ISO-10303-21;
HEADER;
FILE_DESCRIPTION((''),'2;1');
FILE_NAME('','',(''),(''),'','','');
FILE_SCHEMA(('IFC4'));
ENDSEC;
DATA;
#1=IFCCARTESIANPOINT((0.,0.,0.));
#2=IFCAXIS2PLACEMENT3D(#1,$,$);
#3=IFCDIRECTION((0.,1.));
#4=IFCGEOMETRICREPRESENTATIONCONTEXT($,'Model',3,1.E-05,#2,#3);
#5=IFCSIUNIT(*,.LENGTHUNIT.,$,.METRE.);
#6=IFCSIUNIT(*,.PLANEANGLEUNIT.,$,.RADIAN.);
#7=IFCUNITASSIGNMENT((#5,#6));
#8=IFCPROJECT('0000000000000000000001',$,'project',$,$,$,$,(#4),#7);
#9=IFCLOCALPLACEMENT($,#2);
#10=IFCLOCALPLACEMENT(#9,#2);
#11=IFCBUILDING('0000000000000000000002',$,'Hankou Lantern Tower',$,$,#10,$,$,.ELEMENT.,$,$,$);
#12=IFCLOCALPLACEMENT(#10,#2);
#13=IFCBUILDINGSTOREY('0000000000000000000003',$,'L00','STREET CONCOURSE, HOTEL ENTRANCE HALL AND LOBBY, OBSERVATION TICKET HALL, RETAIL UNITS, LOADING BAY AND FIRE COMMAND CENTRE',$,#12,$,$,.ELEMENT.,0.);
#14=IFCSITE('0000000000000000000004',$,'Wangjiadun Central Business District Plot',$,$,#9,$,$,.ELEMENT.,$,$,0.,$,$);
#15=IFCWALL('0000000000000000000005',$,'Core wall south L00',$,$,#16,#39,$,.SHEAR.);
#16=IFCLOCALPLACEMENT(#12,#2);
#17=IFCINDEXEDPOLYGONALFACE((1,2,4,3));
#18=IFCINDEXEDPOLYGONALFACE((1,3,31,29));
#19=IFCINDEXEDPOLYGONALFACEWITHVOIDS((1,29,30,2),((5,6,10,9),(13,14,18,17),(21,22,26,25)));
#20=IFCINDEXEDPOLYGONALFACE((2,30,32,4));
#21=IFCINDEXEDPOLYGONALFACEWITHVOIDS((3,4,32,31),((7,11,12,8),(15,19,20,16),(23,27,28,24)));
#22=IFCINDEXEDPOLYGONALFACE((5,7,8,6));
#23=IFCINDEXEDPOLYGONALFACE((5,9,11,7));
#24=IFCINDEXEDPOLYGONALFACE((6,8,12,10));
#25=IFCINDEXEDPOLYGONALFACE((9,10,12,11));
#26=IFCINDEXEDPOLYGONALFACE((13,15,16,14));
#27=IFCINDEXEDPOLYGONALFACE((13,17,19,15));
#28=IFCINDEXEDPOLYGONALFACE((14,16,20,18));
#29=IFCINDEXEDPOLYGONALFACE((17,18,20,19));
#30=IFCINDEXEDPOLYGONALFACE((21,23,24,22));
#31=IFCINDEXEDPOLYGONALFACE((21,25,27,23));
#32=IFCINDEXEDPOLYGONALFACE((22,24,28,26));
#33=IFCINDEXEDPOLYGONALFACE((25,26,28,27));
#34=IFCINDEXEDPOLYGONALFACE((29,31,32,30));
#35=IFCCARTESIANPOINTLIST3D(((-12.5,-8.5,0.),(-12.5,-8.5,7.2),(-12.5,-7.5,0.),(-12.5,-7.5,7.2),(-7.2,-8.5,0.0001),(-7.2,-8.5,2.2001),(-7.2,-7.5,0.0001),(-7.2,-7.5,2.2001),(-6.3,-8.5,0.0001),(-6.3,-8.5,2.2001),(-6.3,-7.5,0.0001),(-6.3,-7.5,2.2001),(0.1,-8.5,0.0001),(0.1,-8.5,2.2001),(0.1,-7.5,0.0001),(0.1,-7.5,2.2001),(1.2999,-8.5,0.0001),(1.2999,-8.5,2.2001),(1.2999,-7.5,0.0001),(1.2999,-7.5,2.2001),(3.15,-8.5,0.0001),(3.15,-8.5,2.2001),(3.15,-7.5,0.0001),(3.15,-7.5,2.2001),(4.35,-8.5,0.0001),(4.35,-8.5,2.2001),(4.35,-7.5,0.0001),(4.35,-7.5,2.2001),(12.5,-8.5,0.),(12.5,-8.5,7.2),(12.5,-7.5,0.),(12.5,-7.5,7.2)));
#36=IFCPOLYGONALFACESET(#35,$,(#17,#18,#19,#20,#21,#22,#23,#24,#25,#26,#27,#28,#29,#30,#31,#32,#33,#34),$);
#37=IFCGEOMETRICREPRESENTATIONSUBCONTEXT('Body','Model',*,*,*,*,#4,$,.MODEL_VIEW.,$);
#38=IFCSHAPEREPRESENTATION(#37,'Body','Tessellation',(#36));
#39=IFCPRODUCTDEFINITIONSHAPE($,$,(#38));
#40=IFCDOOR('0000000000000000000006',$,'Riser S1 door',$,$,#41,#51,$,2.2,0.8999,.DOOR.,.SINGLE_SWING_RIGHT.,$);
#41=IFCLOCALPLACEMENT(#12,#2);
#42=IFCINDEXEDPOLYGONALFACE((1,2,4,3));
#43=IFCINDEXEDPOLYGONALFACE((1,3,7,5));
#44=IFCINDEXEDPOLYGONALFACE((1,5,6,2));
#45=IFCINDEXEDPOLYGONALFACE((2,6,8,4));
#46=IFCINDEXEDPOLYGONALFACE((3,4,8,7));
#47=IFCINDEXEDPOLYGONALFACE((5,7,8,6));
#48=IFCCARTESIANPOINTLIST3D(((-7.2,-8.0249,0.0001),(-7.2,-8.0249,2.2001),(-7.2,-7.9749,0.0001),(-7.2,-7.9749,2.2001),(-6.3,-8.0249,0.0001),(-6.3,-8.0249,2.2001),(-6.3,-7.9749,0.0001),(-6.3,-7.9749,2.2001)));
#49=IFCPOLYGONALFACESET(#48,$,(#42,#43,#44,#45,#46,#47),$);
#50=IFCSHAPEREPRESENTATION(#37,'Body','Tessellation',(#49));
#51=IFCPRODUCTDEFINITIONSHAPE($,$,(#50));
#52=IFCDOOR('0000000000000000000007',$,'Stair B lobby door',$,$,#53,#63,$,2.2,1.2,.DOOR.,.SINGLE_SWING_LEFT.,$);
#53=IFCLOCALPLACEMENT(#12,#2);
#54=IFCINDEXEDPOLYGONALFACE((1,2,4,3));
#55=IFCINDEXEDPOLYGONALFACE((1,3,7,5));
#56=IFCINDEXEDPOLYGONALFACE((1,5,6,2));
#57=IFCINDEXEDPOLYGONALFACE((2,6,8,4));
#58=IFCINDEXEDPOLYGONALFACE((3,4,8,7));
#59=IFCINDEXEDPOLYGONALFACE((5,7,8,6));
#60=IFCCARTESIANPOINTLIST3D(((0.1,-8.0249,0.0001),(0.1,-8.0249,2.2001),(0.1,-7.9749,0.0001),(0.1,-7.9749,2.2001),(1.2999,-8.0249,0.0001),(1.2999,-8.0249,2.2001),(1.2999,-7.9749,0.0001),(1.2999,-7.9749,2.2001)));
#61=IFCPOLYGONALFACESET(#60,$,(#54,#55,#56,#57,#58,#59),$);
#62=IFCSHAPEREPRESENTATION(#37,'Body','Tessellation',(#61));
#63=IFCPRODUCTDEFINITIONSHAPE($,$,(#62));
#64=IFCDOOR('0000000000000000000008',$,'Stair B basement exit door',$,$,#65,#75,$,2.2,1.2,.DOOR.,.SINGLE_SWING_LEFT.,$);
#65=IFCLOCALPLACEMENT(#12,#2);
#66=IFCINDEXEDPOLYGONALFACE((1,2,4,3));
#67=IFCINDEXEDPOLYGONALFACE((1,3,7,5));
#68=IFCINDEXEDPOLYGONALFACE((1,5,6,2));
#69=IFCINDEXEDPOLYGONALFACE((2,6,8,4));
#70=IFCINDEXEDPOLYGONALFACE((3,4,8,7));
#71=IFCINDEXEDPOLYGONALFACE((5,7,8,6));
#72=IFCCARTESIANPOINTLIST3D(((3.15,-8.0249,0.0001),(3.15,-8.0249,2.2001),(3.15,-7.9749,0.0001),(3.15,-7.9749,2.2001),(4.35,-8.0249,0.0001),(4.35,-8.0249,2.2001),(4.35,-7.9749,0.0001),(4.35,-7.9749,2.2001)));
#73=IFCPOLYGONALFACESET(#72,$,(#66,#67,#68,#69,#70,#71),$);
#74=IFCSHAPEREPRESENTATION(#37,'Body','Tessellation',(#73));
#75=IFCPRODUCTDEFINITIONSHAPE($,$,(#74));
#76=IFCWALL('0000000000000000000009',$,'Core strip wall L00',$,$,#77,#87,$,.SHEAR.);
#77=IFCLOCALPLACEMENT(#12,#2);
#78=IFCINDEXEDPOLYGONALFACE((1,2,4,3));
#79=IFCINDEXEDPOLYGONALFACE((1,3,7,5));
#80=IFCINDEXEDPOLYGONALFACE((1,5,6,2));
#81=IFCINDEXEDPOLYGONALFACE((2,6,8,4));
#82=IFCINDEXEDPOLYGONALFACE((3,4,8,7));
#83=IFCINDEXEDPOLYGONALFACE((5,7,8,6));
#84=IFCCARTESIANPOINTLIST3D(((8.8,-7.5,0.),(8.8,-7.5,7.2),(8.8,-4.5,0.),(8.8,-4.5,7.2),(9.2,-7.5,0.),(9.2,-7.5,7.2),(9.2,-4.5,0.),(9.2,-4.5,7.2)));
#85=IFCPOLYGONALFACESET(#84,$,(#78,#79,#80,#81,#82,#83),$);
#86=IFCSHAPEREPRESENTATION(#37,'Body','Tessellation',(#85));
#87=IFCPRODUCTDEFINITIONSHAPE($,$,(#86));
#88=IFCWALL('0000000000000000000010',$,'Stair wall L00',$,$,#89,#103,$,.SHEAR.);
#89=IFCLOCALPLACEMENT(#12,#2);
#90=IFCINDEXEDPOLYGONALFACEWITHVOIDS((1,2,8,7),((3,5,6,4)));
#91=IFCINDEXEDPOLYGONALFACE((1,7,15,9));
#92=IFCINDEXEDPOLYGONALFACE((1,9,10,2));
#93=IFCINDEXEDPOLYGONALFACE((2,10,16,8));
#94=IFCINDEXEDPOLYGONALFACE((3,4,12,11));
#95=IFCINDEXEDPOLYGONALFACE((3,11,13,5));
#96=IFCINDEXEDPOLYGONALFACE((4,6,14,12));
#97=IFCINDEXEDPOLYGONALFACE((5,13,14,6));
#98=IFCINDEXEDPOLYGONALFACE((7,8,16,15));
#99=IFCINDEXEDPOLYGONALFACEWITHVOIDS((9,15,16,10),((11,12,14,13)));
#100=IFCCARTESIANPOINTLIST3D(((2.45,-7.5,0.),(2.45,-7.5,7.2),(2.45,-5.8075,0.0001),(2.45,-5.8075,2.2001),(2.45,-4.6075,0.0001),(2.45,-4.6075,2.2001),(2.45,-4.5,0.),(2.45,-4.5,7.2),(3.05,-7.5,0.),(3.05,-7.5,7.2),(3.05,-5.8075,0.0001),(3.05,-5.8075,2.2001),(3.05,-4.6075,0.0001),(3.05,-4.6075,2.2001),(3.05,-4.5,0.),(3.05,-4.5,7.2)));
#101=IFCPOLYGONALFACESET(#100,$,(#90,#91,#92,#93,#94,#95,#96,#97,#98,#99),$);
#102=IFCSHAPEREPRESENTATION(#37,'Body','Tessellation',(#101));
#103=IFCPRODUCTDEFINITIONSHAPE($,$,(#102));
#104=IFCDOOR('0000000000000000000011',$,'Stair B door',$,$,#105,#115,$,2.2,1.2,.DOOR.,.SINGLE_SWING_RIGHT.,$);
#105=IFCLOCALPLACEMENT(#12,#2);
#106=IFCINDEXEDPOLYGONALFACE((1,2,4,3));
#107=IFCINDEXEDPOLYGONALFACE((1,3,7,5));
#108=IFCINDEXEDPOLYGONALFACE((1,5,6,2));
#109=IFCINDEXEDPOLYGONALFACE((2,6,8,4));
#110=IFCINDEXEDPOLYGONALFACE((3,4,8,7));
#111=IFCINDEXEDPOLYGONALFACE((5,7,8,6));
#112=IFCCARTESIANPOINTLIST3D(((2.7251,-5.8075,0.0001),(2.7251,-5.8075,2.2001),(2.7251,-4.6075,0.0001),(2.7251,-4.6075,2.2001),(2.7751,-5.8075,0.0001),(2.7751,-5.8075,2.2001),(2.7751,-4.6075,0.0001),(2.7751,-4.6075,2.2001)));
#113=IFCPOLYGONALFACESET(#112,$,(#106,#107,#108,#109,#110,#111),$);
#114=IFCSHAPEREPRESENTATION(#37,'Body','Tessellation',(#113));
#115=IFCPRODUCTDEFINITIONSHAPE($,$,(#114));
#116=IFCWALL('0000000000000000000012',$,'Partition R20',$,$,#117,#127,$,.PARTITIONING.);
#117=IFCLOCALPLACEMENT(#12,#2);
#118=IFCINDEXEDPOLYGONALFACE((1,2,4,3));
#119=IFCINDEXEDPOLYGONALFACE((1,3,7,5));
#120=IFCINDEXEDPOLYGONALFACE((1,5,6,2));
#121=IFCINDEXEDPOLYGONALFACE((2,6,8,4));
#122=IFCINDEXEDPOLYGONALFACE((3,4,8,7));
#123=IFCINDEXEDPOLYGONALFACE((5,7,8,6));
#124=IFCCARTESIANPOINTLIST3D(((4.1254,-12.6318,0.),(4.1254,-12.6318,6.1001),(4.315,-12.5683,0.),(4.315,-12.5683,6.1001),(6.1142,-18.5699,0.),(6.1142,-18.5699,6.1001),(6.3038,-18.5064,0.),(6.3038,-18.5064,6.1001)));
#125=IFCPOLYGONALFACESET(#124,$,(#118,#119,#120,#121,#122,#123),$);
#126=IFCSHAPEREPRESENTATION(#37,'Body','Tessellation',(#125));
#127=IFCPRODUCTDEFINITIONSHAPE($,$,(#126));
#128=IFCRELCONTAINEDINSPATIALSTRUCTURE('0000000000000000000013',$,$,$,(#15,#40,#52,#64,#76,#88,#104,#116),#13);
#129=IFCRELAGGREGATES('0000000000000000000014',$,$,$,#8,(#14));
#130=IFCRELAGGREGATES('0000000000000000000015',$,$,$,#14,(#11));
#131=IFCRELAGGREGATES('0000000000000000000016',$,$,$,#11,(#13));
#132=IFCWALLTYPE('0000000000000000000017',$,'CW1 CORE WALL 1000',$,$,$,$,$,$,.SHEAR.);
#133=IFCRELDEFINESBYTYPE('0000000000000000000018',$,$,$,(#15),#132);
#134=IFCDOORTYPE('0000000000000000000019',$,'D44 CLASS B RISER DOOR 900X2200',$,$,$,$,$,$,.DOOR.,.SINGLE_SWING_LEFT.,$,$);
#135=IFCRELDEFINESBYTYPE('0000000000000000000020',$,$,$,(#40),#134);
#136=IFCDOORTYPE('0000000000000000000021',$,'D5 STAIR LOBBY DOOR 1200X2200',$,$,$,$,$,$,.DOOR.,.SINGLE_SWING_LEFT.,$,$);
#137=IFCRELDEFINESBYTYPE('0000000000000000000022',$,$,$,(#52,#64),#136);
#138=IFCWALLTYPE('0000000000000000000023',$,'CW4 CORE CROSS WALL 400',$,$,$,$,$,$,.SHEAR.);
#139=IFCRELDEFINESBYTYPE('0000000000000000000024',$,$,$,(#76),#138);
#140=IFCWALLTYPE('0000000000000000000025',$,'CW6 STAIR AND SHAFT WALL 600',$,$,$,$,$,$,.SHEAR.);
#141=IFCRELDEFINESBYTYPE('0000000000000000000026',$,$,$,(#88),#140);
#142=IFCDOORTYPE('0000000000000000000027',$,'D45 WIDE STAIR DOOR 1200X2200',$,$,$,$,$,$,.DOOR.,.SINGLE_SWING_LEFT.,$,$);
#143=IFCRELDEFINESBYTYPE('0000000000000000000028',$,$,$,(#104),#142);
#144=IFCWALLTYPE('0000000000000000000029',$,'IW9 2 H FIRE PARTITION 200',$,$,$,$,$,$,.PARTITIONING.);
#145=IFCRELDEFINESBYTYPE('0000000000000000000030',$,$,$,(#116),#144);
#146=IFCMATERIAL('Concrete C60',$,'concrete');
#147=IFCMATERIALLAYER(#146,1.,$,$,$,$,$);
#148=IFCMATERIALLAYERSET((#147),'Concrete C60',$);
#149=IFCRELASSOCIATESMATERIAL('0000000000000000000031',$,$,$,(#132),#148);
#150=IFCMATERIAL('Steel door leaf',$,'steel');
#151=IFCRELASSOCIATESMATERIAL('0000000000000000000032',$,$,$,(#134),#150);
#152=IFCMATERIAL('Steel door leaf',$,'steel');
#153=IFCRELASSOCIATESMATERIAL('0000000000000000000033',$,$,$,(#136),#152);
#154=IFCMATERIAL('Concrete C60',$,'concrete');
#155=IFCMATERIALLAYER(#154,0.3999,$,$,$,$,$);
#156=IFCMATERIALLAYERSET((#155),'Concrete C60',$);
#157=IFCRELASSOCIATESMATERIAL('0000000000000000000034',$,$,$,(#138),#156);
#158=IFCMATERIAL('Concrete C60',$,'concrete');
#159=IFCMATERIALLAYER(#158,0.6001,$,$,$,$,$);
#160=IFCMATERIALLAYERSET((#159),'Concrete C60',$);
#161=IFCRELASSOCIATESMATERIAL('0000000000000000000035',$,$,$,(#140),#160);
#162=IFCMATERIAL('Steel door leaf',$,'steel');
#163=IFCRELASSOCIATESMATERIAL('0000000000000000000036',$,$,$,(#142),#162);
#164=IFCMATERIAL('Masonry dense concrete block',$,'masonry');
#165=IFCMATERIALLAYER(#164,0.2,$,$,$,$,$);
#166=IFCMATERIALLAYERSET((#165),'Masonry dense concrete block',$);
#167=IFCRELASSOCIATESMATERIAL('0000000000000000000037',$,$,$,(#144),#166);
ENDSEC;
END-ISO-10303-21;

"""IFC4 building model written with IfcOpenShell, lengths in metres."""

from ifc_helpers import new_model, si_unit, direction, frame, frame_2d, origin, place, context, subcontext, project, spatial, rectangle, extrude, material, layer, layer_set, type_object, element, fill, save


model = new_model("IFC4")

# Units and contexts
model_context = context("Model", 3, precision=1e-05, world=origin(), true_north=direction((0.0, 1.0)))
body_context = subcontext(model_context, "Body", "Model", "MODEL_VIEW")
ifc_project = project(units=[si_unit("LENGTHUNIT", "METRE"), si_unit("PLANEANGLEUNIT", "RADIAN")], contexts=[model_context])

# Site, building, storey
site_placement = place(None, origin())
site = spatial("IfcSite", under=ifc_project, at=site_placement, Name="Wangjiadun Central Business District Plot", CompositionType="ELEMENT", RefElevation=0.0)
building_placement = place(site_placement, origin())
building = spatial("IfcBuilding", under=site, at=building_placement, Name="Hankou Lantern Tower", CompositionType="ELEMENT")
storey_placement = place(building_placement, origin())
storey = spatial("IfcBuildingStorey", under=building, at=storey_placement, Name="L00", Description="STREET CONCOURSE, HOTEL ENTRANCE HALL AND LOBBY, OBSERVATION TICKET HALL, RETAIL UNITS, LOADING BAY AND FIRE COMMAND CENTRE", CompositionType="ELEMENT", Elevation=0.0)

# Wall, openings, doors
ifc_material_1 = material(Name="Concrete C60", Category="concrete")
ifc_layer_1 = layer(ifc_material_1, 1.0)
ifc_layer_set_1 = layer_set([ifc_layer_1], Name="Concrete C60")
wall_type_1 = type_object("IfcWallType", Name="CW1 CORE WALL 1000", PredefinedType="SHEAR", material=ifc_layer_set_1)
wall_1_placement = place(storey_placement, frame((12.5, -8.0, 0.0), z_axis=(0.0, 0.0, 1.0), x_axis=(-1.0, 0.0, 0.0)))
wall_1 = element("IfcWall", 1, at=wall_1_placement, inside=storey, type_object=wall_type_1, Name="Core wall south L00", PredefinedType="SHEAR", context=body_context, shape_type="SweptSolid", body=[
    extrude(rectangle(XDim=25.0, YDim=1.0, at=frame_2d((12.5, 0.0))), origin(), (0.0, 0.0, 1.0), 7.2),
])
opening_1_placement = place(wall_1_placement, frame((11.2, 0.0, 0.0)))
opening_1 = element("IfcOpeningElement", 2, at=opening_1_placement, cuts=wall_1, PredefinedType="OPENING", context=body_context, shape_type="SweptSolid", body=[
    extrude(rectangle(XDim=1.2, YDim=2.2, at=frame_2d((0.6001, 1.1001))), frame((0.0, 0.51, 0.0), z_axis=(0.0, -1.0, 0.0), x_axis=(1.0, 0.0, 0.0)), (0.0, 0.0, 1.0), 1.02),
])
opening_2_placement = place(wall_1_placement, frame((8.1499, 0.0, 0.0)))
opening_2 = element("IfcOpeningElement", 3, at=opening_2_placement, cuts=wall_1, PredefinedType="OPENING", context=body_context, shape_type="SweptSolid", body=[
    extrude(rectangle(XDim=1.2, YDim=2.2, at=frame_2d((0.6001, 1.1001))), frame((0.0, 0.51, 0.0), z_axis=(0.0, -1.0, 0.0), x_axis=(1.0, 0.0, 0.0)), (0.0, 0.0, 1.0), 1.02),
])
opening_3_placement = place(wall_1_placement, frame((18.8, 0.0, 0.0)))
opening_3 = element("IfcOpeningElement", 4, at=opening_3_placement, cuts=wall_1, PredefinedType="OPENING", context=body_context, shape_type="SweptSolid", body=[
    extrude(rectangle(XDim=0.8999, YDim=2.2, at=frame_2d((0.45, 1.1001))), frame((0.0, 0.51, 0.0), z_axis=(0.0, -1.0, 0.0), x_axis=(1.0, 0.0, 0.0)), (0.0, 0.0, 1.0), 1.02),
])
ifc_material_2 = material(Name="Steel door leaf", Category="steel")
door_type_1 = type_object("IfcDoorType", Name="D44 CLASS B RISER DOOR 900X2200", OperationType="SINGLE_SWING_LEFT", PredefinedType="DOOR", material=ifc_material_2)
door_1_placement = place(opening_3_placement, origin())
door_1 = element("IfcDoor", 5, at=door_1_placement, inside=storey, type_object=door_type_1, Name="Riser S1 door", OperationType="SINGLE_SWING_RIGHT", OverallHeight=2.2, OverallWidth=0.8999, PredefinedType="DOOR", context=body_context, shape_type="SweptSolid", body=[
    extrude(rectangle(XDim=0.8999, YDim=2.2, at=frame_2d((0.45, 1.1001))), frame((0.0, 0.0249, 0.0), z_axis=(0.0, -1.0, 0.0), x_axis=(1.0, 0.0, 0.0)), (0.0, 0.0, 1.0), 0.05),
])
fill(opening_3, door_1)
ifc_material_3 = material(Name="Steel door leaf", Category="steel")
door_type_2 = type_object("IfcDoorType", Name="D5 STAIR LOBBY DOOR 1200X2200", OperationType="SINGLE_SWING_LEFT", PredefinedType="DOOR", material=ifc_material_3)
door_2_placement = place(opening_1_placement, origin())
door_2 = element("IfcDoor", 6, at=door_2_placement, inside=storey, type_object=door_type_2, Name="Stair B lobby door", OperationType="SINGLE_SWING_LEFT", OverallHeight=2.2, OverallWidth=1.2, PredefinedType="DOOR", context=body_context, shape_type="SweptSolid", body=[
    extrude(rectangle(XDim=1.2, YDim=2.2, at=frame_2d((0.6001, 1.1001))), frame((0.0, 0.0249, 0.0), z_axis=(0.0, -1.0, 0.0), x_axis=(1.0, 0.0, 0.0)), (0.0, 0.0, 1.0), 0.05),
])
fill(opening_1, door_2)
door_3_placement = place(opening_2_placement, origin())
door_3 = element("IfcDoor", 7, at=door_3_placement, inside=storey, type_object=door_type_2, Name="Stair B basement exit door", OperationType="SINGLE_SWING_LEFT", OverallHeight=2.2, OverallWidth=1.2, PredefinedType="DOOR", context=body_context, shape_type="SweptSolid", body=[
    extrude(rectangle(XDim=1.2, YDim=2.2, at=frame_2d((0.6001, 1.1001))), frame((0.0, 0.0249, 0.0), z_axis=(0.0, -1.0, 0.0), x_axis=(1.0, 0.0, 0.0)), (0.0, 0.0, 1.0), 0.05),
])
fill(opening_2, door_3)

# Wall
ifc_material_4 = material(Name="Concrete C60", Category="concrete")
ifc_layer_2 = layer(ifc_material_4, 0.3999)
ifc_layer_set_2 = layer_set([ifc_layer_2], Name="Concrete C60")
wall_type_2 = type_object("IfcWallType", Name="CW4 CORE CROSS WALL 400", PredefinedType="SHEAR", material=ifc_layer_set_2)
wall_2_placement = place(storey_placement, frame((9.0, -7.5, 0.0), z_axis=(0.0, 0.0, 1.0), x_axis=(0.0, 1.0, 0.0)))
element("IfcWall", 8, at=wall_2_placement, inside=storey, type_object=wall_type_2, Name="Core strip wall L00", PredefinedType="SHEAR", context=body_context, shape_type="SweptSolid", body=[
    extrude(rectangle(XDim=3.0, YDim=0.3999, at=frame_2d((1.5, 0.0))), origin(), (0.0, 0.0, 1.0), 7.2),
])

# Wall, opening, door
ifc_material_5 = material(Name="Concrete C60", Category="concrete")
ifc_layer_3 = layer(ifc_material_5, 0.6001)
ifc_layer_set_3 = layer_set([ifc_layer_3], Name="Concrete C60")
wall_type_3 = type_object("IfcWallType", Name="CW6 STAIR AND SHAFT WALL 600", PredefinedType="SHEAR", material=ifc_layer_set_3)
wall_3_placement = place(storey_placement, frame((2.75, -7.5, 0.0), z_axis=(0.0, 0.0, 1.0), x_axis=(0.0, 1.0, 0.0)))
wall_3 = element("IfcWall", 9, at=wall_3_placement, inside=storey, type_object=wall_type_3, Name="Stair wall L00", PredefinedType="SHEAR", context=body_context, shape_type="SweptSolid", body=[
    extrude(rectangle(XDim=3.0, YDim=0.6001, at=frame_2d((1.5, 0.0))), origin(), (0.0, 0.0, 1.0), 7.2),
])
opening_4_placement = place(wall_3_placement, frame((1.6924, 0.0, 0.0)))
opening_4 = element("IfcOpeningElement", 10, at=opening_4_placement, cuts=wall_3, PredefinedType="OPENING", context=body_context, shape_type="SweptSolid", body=[
    extrude(rectangle(XDim=1.2, YDim=2.2, at=frame_2d((0.6001, 1.1001))), frame((0.0, 0.3101, 0.0), z_axis=(0.0, -1.0, 0.0), x_axis=(1.0, 0.0, 0.0)), (0.0, 0.0, 1.0), 0.6201),
])
ifc_material_6 = material(Name="Steel door leaf", Category="steel")
door_type_3 = type_object("IfcDoorType", Name="D45 WIDE STAIR DOOR 1200X2200", OperationType="SINGLE_SWING_LEFT", PredefinedType="DOOR", material=ifc_material_6)
door_4_placement = place(opening_4_placement, origin())
door_4 = element("IfcDoor", 11, at=door_4_placement, inside=storey, type_object=door_type_3, Name="Stair B door", OperationType="SINGLE_SWING_RIGHT", OverallHeight=2.2, OverallWidth=1.2, PredefinedType="DOOR", context=body_context, shape_type="SweptSolid", body=[
    extrude(rectangle(XDim=1.2, YDim=2.2, at=frame_2d((0.6001, 1.1001))), frame((0.0, 0.0249, 0.0), z_axis=(0.0, -1.0, 0.0), x_axis=(1.0, 0.0, 0.0)), (0.0, 0.0, 1.0), 0.05),
])
fill(opening_4, door_4)

# Wall
ifc_material_7 = material(Name="Masonry dense concrete block", Category="masonry")
ifc_layer_4 = layer(ifc_material_7, 0.2)
ifc_layer_set_4 = layer_set([ifc_layer_4], Name="Masonry dense concrete block")
wall_type_4 = type_object("IfcWallType", Name="IW9 2 H FIRE PARTITION 200", PredefinedType="PARTITIONING", material=ifc_layer_set_4)
wall_4_placement = place(storey_placement, frame((4.2202, -12.6001, 0.0), z_axis=(0.0, 0.0, 1.0), x_axis=(0.317584, -0.94823, 0.0)))
element("IfcWall", 12, at=wall_4_placement, inside=storey, type_object=wall_type_4, Name="Partition R20", PredefinedType="PARTITIONING", context=body_context, shape_type="SweptSolid", body=[
    extrude(rectangle(XDim=6.2622, YDim=0.2, at=frame_2d((3.1311, 0.0))), origin(), (0.0, 0.0, 1.0), 6.1001),
])

save(model, "model.ifc")
